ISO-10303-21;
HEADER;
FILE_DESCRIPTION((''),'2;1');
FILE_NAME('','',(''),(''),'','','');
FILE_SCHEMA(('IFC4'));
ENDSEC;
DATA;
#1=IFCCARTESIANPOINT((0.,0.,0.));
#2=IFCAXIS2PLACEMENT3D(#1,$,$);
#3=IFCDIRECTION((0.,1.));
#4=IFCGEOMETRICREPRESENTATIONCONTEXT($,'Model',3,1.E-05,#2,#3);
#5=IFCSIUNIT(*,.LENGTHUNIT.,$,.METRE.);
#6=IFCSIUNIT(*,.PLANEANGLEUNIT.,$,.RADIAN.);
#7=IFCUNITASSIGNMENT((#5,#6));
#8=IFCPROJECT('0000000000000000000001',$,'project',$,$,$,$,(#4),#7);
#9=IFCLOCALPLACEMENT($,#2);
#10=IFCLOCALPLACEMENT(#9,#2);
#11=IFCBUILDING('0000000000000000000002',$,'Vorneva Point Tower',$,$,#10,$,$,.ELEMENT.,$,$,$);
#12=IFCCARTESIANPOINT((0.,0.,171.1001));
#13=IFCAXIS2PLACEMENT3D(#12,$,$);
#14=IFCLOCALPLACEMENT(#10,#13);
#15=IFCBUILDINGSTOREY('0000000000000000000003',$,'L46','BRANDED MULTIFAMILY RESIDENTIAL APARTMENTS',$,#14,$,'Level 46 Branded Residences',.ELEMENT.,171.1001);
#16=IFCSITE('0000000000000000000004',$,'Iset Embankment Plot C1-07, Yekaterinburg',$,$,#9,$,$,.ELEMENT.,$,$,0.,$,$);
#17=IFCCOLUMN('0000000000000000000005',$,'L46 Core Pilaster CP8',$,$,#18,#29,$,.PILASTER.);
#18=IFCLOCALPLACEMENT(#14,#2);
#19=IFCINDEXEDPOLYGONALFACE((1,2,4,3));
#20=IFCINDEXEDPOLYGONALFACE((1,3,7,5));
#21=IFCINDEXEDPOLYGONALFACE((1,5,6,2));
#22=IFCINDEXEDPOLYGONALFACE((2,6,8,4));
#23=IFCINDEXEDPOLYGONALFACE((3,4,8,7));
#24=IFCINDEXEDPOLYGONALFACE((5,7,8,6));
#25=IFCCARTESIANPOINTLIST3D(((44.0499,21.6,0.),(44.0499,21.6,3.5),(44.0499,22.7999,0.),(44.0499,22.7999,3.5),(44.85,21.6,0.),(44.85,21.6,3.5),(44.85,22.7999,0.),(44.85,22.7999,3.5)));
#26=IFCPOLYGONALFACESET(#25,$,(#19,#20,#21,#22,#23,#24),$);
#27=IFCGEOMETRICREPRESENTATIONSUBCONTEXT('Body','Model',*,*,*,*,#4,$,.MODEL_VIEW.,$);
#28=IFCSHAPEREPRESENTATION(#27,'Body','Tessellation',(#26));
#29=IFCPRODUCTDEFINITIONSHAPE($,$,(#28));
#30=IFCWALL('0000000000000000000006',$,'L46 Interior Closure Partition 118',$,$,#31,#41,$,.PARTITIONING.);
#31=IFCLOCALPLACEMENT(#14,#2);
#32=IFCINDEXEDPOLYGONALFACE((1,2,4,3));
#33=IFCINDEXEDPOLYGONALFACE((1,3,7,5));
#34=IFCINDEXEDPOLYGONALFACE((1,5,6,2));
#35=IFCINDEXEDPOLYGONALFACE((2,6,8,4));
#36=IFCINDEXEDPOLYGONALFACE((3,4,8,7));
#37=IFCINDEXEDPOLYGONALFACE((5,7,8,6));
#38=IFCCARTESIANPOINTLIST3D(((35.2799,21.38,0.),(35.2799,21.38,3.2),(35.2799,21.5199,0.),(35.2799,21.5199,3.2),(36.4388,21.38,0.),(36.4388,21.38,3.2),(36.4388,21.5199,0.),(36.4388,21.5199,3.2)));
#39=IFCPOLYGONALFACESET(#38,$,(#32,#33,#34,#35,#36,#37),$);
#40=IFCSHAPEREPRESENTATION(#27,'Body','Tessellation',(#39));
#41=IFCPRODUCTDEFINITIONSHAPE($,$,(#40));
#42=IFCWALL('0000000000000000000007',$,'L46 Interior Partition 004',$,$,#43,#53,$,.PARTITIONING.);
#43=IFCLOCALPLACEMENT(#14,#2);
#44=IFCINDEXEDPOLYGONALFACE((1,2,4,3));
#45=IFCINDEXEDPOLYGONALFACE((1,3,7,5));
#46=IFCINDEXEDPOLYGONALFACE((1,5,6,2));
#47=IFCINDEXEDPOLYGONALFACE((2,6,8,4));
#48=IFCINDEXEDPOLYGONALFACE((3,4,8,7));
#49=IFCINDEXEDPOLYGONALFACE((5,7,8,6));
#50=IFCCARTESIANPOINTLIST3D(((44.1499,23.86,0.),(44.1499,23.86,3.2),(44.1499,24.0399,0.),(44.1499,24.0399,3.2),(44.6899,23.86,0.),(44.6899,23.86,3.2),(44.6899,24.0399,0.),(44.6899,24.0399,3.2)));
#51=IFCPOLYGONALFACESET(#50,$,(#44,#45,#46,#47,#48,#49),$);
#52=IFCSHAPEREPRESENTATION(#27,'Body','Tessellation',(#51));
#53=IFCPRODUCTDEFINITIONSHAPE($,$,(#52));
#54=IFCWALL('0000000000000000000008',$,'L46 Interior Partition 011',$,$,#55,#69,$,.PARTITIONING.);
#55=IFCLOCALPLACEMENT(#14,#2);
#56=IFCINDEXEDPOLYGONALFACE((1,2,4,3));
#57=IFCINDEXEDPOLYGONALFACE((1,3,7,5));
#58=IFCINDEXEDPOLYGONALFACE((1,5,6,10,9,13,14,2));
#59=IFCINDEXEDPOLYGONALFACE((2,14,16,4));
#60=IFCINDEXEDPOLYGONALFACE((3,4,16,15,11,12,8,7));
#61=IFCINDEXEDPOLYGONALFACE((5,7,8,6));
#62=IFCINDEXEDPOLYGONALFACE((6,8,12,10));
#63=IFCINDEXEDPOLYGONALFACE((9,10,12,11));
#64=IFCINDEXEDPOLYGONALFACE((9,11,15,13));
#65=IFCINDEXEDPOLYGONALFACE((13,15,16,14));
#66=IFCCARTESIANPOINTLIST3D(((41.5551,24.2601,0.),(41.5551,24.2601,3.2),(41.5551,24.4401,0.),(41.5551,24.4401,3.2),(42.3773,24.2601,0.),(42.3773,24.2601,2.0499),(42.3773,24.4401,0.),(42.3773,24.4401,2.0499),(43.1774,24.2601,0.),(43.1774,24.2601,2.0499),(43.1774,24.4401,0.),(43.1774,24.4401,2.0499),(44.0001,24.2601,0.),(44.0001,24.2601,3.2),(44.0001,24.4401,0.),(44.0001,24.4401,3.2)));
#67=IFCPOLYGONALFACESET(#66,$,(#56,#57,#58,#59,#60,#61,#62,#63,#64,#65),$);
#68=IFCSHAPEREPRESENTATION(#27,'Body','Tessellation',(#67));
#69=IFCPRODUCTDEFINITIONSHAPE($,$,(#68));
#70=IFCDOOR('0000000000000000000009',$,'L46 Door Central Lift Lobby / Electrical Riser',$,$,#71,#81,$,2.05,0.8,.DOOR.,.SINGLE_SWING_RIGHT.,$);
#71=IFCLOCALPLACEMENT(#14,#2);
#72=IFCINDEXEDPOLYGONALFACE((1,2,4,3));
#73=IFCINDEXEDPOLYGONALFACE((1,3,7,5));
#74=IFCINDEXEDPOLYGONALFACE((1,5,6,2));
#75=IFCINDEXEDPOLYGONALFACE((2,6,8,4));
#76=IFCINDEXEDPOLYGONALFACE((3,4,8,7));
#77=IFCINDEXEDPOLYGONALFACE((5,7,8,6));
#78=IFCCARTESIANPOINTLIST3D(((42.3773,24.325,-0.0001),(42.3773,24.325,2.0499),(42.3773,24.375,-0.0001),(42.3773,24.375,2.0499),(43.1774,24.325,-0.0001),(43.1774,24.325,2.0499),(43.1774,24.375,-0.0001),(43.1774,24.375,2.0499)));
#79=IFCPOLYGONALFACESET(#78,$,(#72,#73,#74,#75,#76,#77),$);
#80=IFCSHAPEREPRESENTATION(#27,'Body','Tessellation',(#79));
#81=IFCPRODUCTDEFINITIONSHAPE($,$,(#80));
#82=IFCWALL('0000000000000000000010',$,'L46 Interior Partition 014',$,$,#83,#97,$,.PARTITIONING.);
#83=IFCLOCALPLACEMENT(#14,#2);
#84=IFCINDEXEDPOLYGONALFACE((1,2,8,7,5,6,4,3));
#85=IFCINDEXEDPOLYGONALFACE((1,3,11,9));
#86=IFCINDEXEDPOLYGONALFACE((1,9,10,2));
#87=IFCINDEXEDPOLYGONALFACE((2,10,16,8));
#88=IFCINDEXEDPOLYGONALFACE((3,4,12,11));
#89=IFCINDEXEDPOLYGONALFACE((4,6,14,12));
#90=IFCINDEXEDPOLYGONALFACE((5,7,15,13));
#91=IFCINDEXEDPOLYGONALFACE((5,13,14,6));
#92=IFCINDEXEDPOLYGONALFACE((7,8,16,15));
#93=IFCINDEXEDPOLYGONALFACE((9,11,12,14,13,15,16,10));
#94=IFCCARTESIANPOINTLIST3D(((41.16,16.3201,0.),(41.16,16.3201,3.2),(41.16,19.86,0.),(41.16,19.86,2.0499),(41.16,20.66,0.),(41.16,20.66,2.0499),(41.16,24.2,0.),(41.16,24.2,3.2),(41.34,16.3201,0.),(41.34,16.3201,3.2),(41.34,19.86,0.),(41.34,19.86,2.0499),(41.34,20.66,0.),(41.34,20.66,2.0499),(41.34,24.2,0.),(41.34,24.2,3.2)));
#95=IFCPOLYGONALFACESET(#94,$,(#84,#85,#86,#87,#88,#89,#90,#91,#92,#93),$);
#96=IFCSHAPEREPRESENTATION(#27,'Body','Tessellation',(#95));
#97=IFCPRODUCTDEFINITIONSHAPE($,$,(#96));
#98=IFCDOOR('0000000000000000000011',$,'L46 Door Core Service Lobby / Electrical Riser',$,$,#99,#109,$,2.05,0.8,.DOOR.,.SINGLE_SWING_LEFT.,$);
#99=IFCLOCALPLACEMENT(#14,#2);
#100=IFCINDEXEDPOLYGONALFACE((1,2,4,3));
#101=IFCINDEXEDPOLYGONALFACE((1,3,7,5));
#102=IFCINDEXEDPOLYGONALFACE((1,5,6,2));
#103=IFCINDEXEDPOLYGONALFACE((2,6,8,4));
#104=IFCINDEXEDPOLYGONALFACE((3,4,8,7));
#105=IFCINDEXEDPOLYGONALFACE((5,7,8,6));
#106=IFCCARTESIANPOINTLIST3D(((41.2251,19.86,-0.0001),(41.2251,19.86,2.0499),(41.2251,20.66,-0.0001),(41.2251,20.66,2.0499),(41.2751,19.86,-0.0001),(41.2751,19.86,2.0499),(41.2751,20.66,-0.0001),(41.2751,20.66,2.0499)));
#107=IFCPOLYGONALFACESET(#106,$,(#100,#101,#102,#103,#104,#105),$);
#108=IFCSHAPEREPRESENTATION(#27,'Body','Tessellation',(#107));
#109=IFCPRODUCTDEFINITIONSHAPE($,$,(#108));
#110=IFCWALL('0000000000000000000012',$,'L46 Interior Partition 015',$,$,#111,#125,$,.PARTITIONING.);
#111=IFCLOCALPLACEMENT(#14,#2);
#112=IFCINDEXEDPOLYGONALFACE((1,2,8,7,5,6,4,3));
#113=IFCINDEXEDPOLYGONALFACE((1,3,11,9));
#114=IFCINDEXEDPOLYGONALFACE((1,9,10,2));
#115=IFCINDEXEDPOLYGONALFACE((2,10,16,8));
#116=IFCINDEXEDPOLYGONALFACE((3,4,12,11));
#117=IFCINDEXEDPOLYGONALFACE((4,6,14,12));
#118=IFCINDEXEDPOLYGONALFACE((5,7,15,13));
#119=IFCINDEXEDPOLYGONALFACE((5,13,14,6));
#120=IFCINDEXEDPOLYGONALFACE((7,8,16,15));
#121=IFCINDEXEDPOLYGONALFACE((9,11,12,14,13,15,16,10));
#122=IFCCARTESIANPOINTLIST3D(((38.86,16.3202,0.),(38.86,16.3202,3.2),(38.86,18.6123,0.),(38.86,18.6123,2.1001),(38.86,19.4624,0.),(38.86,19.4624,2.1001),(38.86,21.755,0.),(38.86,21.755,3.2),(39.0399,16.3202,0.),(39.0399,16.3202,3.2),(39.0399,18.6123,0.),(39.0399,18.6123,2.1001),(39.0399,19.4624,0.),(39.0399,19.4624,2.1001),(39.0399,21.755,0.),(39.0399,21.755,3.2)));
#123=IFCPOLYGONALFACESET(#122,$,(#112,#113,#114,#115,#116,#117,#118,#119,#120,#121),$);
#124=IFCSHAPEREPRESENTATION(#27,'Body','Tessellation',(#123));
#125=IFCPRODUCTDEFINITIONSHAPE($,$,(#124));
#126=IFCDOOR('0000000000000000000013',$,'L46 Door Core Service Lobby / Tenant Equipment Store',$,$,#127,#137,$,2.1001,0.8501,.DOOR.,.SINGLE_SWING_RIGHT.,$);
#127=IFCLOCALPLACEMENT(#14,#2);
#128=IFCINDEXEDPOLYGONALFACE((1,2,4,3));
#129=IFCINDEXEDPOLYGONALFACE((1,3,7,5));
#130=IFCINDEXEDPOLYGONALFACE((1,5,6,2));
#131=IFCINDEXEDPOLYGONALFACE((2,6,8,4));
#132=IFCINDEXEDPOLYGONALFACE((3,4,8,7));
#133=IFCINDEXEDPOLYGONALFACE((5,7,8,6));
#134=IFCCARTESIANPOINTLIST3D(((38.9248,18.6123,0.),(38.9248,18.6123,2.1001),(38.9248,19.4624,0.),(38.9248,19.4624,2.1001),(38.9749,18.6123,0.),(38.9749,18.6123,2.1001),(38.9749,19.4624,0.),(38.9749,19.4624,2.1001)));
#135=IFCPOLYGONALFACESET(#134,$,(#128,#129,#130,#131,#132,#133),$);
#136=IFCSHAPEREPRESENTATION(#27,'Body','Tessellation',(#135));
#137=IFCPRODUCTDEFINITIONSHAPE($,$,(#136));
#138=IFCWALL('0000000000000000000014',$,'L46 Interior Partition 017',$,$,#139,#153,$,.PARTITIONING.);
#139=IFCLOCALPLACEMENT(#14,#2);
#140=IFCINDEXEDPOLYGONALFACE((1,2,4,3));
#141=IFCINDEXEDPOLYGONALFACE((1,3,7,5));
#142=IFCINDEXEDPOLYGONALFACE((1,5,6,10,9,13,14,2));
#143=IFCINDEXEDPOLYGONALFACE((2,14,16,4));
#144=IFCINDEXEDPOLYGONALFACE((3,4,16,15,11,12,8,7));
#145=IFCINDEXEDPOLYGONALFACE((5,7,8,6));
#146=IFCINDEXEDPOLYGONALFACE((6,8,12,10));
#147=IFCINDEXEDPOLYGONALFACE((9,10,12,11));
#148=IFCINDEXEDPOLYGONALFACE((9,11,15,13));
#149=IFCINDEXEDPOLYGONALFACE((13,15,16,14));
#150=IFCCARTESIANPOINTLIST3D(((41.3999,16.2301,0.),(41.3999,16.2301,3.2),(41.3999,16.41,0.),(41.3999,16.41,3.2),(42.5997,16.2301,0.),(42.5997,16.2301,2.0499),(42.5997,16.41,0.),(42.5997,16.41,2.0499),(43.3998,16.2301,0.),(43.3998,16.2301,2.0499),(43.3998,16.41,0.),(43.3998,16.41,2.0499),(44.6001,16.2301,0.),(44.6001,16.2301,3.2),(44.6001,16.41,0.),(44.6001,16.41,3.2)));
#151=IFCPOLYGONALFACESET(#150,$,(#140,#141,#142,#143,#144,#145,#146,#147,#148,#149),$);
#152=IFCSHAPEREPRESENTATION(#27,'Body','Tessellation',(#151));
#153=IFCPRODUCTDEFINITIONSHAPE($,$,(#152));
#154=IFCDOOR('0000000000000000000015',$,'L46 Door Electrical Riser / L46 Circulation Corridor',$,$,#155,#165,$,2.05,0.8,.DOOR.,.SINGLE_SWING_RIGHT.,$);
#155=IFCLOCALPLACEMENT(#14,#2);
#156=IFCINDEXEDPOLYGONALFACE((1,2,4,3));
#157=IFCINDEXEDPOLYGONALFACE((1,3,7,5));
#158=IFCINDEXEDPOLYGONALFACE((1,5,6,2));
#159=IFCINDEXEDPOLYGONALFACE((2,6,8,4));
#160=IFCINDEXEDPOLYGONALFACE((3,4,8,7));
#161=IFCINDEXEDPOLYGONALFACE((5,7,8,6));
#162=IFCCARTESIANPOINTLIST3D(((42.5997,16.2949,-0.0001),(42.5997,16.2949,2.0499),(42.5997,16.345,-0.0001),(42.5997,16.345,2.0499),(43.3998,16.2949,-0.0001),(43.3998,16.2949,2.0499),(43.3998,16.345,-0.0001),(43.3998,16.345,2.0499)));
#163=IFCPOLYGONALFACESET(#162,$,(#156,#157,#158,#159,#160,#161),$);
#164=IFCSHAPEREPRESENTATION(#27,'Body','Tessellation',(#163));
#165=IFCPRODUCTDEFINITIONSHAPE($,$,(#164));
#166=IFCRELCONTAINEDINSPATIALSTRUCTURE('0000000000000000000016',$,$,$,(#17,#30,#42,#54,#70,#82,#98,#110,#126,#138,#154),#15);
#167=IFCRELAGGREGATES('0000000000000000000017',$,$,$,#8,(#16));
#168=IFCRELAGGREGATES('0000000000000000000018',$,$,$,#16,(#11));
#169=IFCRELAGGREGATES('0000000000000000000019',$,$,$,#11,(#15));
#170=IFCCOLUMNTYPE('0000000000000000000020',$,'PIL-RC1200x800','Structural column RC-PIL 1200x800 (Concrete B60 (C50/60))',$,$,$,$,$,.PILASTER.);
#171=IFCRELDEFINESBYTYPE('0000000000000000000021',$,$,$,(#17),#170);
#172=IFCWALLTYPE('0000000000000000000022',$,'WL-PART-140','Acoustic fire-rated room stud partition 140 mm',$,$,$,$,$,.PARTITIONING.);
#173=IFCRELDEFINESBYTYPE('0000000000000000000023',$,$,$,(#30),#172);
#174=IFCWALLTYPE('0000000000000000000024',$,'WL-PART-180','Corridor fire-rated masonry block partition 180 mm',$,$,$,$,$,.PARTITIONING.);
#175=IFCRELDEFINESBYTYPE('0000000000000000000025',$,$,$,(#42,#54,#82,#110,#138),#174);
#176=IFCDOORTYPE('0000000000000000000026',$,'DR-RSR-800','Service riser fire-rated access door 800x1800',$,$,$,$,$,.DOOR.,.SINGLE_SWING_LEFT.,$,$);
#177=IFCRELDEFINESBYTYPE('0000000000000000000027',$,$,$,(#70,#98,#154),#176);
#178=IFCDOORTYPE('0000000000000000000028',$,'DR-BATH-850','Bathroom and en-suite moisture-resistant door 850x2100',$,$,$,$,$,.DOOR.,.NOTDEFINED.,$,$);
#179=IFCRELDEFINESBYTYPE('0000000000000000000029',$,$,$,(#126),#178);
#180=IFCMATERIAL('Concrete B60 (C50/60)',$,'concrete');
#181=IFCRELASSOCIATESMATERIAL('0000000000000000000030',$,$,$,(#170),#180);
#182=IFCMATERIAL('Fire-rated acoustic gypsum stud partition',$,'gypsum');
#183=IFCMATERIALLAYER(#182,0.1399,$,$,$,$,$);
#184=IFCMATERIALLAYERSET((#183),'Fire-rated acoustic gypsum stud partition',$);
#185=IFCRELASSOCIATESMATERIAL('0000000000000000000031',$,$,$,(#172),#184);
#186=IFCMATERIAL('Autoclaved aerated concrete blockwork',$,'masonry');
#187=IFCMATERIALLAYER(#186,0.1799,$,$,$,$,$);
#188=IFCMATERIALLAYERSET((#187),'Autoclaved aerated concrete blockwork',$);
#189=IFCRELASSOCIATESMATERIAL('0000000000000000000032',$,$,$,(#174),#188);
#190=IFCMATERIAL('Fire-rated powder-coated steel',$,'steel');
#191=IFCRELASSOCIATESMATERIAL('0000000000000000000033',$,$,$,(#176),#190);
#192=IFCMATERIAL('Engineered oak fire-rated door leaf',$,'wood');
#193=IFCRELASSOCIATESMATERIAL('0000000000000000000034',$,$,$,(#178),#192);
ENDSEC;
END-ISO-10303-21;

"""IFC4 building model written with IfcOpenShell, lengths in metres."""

from ifc_helpers import new_model, si_unit, direction, frame, frame_2d, origin, origin_2d, place, context, subcontext, project, spatial, rectangle, extrude, material, layer, layer_set, material_profile, profile_set, type_object, element, fill, save


model = new_model("IFC4")

# Units and contexts
model_context = context("Model", 3, precision=1e-05, world=origin(), true_north=direction((0.0, 1.0)))
body_context = subcontext(model_context, "Body", "Model", "MODEL_VIEW")
ifc_project = project(units=[si_unit("LENGTHUNIT", "METRE"), si_unit("PLANEANGLEUNIT", "RADIAN")], contexts=[model_context])

# Site, building, storey
site_placement = place(None, origin())
site = spatial("IfcSite", under=ifc_project, at=site_placement, Name="Iset Embankment Plot C1-07, Yekaterinburg", CompositionType="ELEMENT", RefElevation=0.0)
building_placement = place(site_placement, origin())
building = spatial("IfcBuilding", under=site, at=building_placement, Name="Vorneva Point Tower", CompositionType="ELEMENT")
storey_placement = place(building_placement, frame((0.0, 0.0, 171.1001)))
storey = spatial("IfcBuildingStorey", under=building, at=storey_placement, Name="L46", Description="BRANDED MULTIFAMILY RESIDENTIAL APARTMENTS", LongName="Level 46 Branded Residences", CompositionType="ELEMENT", Elevation=171.1001)

# Column
ifc_material_1 = material(Name="Concrete B60 (C50/60)", Category="concrete")
ifc_material_profile = material_profile(ifc_material_1, rectangle(XDim=0.8, YDim=1.2, at=origin_2d()), Name="RC-PIL 1200x800")
ifc_profile_set = profile_set([ifc_material_profile], Name="Concrete B60 (C50/60)")
column_type = type_object("IfcColumnType", Name="PIL-RC1200x800", Description="Structural column RC-PIL 1200x800 (Concrete B60 (C50/60))", PredefinedType="PILASTER", material=ifc_profile_set)
column_placement = place(storey_placement, frame((44.45, 22.2, 0.0), z_axis=(0.0, 0.0, 1.0), x_axis=(1.0, 0.0, 0.0)))
element("IfcColumn", 1, at=column_placement, inside=storey, type_object=column_type, Name="L46 Core Pilaster CP8", PredefinedType="PILASTER", context=body_context, shape_type="SweptSolid", body=[
    extrude(rectangle(XDim=0.8, YDim=1.2, at=origin_2d()), origin(), (0.0, 0.0, 1.0), 3.5),
])

# Walls
ifc_material_2 = material(Name="Fire-rated acoustic gypsum stud partition", Category="gypsum")
ifc_layer_1 = layer(ifc_material_2, 0.1399)
ifc_layer_set_1 = layer_set([ifc_layer_1], Name="Fire-rated acoustic gypsum stud partition")
wall_type_1 = type_object("IfcWallType", Name="WL-PART-140", Description="Acoustic fire-rated room stud partition 140 mm", PredefinedType="PARTITIONING", material=ifc_layer_set_1)
wall_1_placement = place(storey_placement, frame((36.439, 21.45, 0.0), z_axis=(0.0, 0.0, 1.0), x_axis=(-1.0, 0.0, 0.0)))
element("IfcWall", 2, at=wall_1_placement, inside=storey, type_object=wall_type_1, Name="L46 Interior Closure Partition 118", PredefinedType="PARTITIONING", context=body_context, shape_type="SweptSolid", body=[
    extrude(rectangle(XDim=1.1589, YDim=0.1399, at=frame_2d((0.5796, 0.0))), origin(), (0.0, 0.0, 1.0), 3.2),
])
ifc_material_3 = material(Name="Autoclaved aerated concrete blockwork", Category="masonry")
ifc_layer_2 = layer(ifc_material_3, 0.1799)
ifc_layer_set_2 = layer_set([ifc_layer_2], Name="Autoclaved aerated concrete blockwork")
wall_type_2 = type_object("IfcWallType", Name="WL-PART-180", Description="Corridor fire-rated masonry block partition 180 mm", PredefinedType="PARTITIONING", material=ifc_layer_set_2)
wall_2_placement = place(storey_placement, frame((44.1499, 23.95, 0.0), z_axis=(0.0, 0.0, 1.0), x_axis=(1.0, 0.0, 0.0)))
element("IfcWall", 3, at=wall_2_placement, inside=storey, type_object=wall_type_2, Name="L46 Interior Partition 004", PredefinedType="PARTITIONING", context=body_context, shape_type="SweptSolid", body=[
    extrude(rectangle(XDim=0.54, YDim=0.1799, at=frame_2d((0.27, 0.0))), origin(), (0.0, 0.0, 1.0), 3.2),
])

# Walls, openings, doors
ifc_material_4 = material(Name="Fire-rated powder-coated steel", Category="steel")
wall_3_placement = place(storey_placement, frame((41.5549, 24.3501, 0.0), z_axis=(0.0, 0.0, 1.0), x_axis=(1.0, 0.0, 0.0)))
wall_3 = element("IfcWall", 4, at=wall_3_placement, inside=storey, type_object=wall_type_2, Name="L46 Interior Partition 011", PredefinedType="PARTITIONING", context=body_context, shape_type="SweptSolid", body=[
    extrude(rectangle(XDim=2.4451, YDim=0.1799, at=frame_2d((1.2227, 0.0))), origin(), (0.0, 0.0, 1.0), 3.2),
])
opening_1_placement = place(wall_3_placement, frame((0.8225, 0.0, 0.0)))
opening_1 = element("IfcOpeningElement", 5, at=opening_1_placement, cuts=wall_3, PredefinedType="OPENING", context=body_context, shape_type="SweptSolid", body=[
    extrude(rectangle(XDim=0.8, YDim=2.05, at=frame_2d((0.3999, 1.0249))), frame((0.0, 0.105, 0.0), z_axis=(0.0, -1.0, 0.0), x_axis=(1.0, 0.0, 0.0)), (0.0, 0.0, 1.0), 0.2097),
])
door_type_1 = type_object("IfcDoorType", Name="DR-RSR-800", Description="Service riser fire-rated access door 800x1800", OperationType="SINGLE_SWING_LEFT", PredefinedType="DOOR", material=ifc_material_4)
door_1_placement = place(opening_1_placement, origin())
door_1 = element("IfcDoor", 6, at=door_1_placement, inside=storey, type_object=door_type_1, Name="L46 Door Central Lift Lobby / Electrical Riser", OperationType="SINGLE_SWING_RIGHT", OverallHeight=2.05, OverallWidth=0.8, PredefinedType="DOOR", context=body_context, shape_type="SweptSolid", body=[
    extrude(rectangle(XDim=0.8, YDim=2.05, at=frame_2d((0.3999, 1.0249))), frame((0.0, 0.0249, 0.0), z_axis=(0.0, -1.0, 0.0), x_axis=(1.0, 0.0, 0.0)), (0.0, 0.0, 1.0), 0.05),
])
fill(opening_1, door_1)
wall_4_placement = place(storey_placement, frame((41.25, 16.3201, 0.0), z_axis=(0.0, 0.0, 1.0), x_axis=(0.0, 1.0, 0.0)))
wall_4 = element("IfcWall", 7, at=wall_4_placement, inside=storey, type_object=wall_type_2, Name="L46 Interior Partition 014", PredefinedType="PARTITIONING", context=body_context, shape_type="SweptSolid", body=[
    extrude(rectangle(XDim=7.8799, YDim=0.1799, at=frame_2d((3.9399, 0.0))), origin(), (0.0, 0.0, 1.0), 3.2),
])
opening_2_placement = place(wall_4_placement, frame((3.54, 0.0, 0.0)))
opening_2 = element("IfcOpeningElement", 8, at=opening_2_placement, cuts=wall_4, PredefinedType="OPENING", context=body_context, shape_type="SweptSolid", body=[
    extrude(rectangle(XDim=0.8, YDim=2.05, at=frame_2d((0.3999, 1.0249))), frame((0.0, 0.105, 0.0), z_axis=(0.0, -1.0, 0.0), x_axis=(1.0, 0.0, 0.0)), (0.0, 0.0, 1.0), 0.2097),
])
door_2_placement = place(opening_2_placement, origin())
door_2 = element("IfcDoor", 9, at=door_2_placement, inside=storey, type_object=door_type_1, Name="L46 Door Core Service Lobby / Electrical Riser", OperationType="SINGLE_SWING_LEFT", OverallHeight=2.05, OverallWidth=0.8, PredefinedType="DOOR", context=body_context, shape_type="SweptSolid", body=[
    extrude(rectangle(XDim=0.8, YDim=2.05, at=frame_2d((0.3999, 1.0249))), frame((0.0, 0.0249, 0.0), z_axis=(0.0, -1.0, 0.0), x_axis=(1.0, 0.0, 0.0)), (0.0, 0.0, 1.0), 0.05),
])
fill(opening_2, door_2)
wall_5_placement = place(storey_placement, frame((38.95, 21.7549, 0.0), z_axis=(0.0, 0.0, 1.0), x_axis=(0.0, -1.0, 0.0)))
wall_5 = element("IfcWall", 10, at=wall_5_placement, inside=storey, type_object=wall_type_2, Name="L46 Interior Partition 015", PredefinedType="PARTITIONING", context=body_context, shape_type="SweptSolid", body=[
    extrude(rectangle(XDim=5.4348, YDim=0.1799, at=frame_2d((2.7173, 0.0))), origin(), (0.0, 0.0, 1.0), 3.2),
])
opening_3_placement = place(wall_5_placement, frame((2.2925, 0.0, 0.0)))
opening_3 = element("IfcOpeningElement", 11, at=opening_3_placement, cuts=wall_5, PredefinedType="OPENING", context=body_context, shape_type="SweptSolid", body=[
    extrude(rectangle(XDim=0.8501, YDim=2.1001, at=frame_2d((0.425, 1.05))), frame((0.0, 0.105, 0.0), z_axis=(0.0, -1.0, 0.0), x_axis=(1.0, 0.0, 0.0)), (0.0, 0.0, 1.0), 0.2097),
])
ifc_material_5 = material(Name="Engineered oak fire-rated door leaf", Category="wood")
door_type_2 = type_object("IfcDoorType", Name="DR-BATH-850", Description="Bathroom and en-suite moisture-resistant door 850x2100", OperationType="NOTDEFINED", PredefinedType="DOOR", material=ifc_material_5)
door_3_placement = place(opening_3_placement, origin())
door_3 = element("IfcDoor", 12, at=door_3_placement, inside=storey, type_object=door_type_2, Name="L46 Door Core Service Lobby / Tenant Equipment Store", OperationType="SINGLE_SWING_RIGHT", OverallHeight=2.1001, OverallWidth=0.8501, PredefinedType="DOOR", context=body_context, shape_type="SweptSolid", body=[
    extrude(rectangle(XDim=0.8501, YDim=2.1001, at=frame_2d((0.425, 1.05))), frame((0.0, 0.0249, 0.0), z_axis=(0.0, -1.0, 0.0), x_axis=(1.0, 0.0, 0.0)), (0.0, 0.0, 1.0), 0.05),
])
fill(opening_3, door_3)
wall_6_placement = place(storey_placement, frame((41.3999, 16.3201, 0.0), z_axis=(0.0, 0.0, 1.0), x_axis=(1.0, 0.0, 0.0)))
wall_6 = element("IfcWall", 13, at=wall_6_placement, inside=storey, type_object=wall_type_2, Name="L46 Interior Partition 017", PredefinedType="PARTITIONING", context=body_context, shape_type="SweptSolid", body=[
    extrude(rectangle(XDim=3.2002, YDim=0.1799, at=frame_2d((1.6001, 0.0))), origin(), (0.0, 0.0, 1.0), 3.2),
])
opening_4_placement = place(wall_6_placement, frame((1.2, 0.0, 0.0)))
opening_4 = element("IfcOpeningElement", 14, at=opening_4_placement, cuts=wall_6, PredefinedType="OPENING", context=body_context, shape_type="SweptSolid", body=[
    extrude(rectangle(XDim=0.8, YDim=2.05, at=frame_2d((0.3999, 1.0249))), frame((0.0, 0.105, 0.0), z_axis=(0.0, -1.0, 0.0), x_axis=(1.0, 0.0, 0.0)), (0.0, 0.0, 1.0), 0.2097),
])
door_4_placement = place(opening_4_placement, origin())
door_4 = element("IfcDoor", 15, at=door_4_placement, inside=storey, type_object=door_type_1, Name="L46 Door Electrical Riser / L46 Circulation Corridor", OperationType="SINGLE_SWING_RIGHT", OverallHeight=2.05, OverallWidth=0.8, PredefinedType="DOOR", context=body_context, shape_type="SweptSolid", body=[
    extrude(rectangle(XDim=0.8, YDim=2.05, at=frame_2d((0.3999, 1.0249))), frame((0.0, 0.0249, 0.0), z_axis=(0.0, -1.0, 0.0), x_axis=(1.0, 0.0, 0.0)), (0.0, 0.0, 1.0), 0.05),
])
fill(opening_4, door_4)

save(model, "model.ifc")
